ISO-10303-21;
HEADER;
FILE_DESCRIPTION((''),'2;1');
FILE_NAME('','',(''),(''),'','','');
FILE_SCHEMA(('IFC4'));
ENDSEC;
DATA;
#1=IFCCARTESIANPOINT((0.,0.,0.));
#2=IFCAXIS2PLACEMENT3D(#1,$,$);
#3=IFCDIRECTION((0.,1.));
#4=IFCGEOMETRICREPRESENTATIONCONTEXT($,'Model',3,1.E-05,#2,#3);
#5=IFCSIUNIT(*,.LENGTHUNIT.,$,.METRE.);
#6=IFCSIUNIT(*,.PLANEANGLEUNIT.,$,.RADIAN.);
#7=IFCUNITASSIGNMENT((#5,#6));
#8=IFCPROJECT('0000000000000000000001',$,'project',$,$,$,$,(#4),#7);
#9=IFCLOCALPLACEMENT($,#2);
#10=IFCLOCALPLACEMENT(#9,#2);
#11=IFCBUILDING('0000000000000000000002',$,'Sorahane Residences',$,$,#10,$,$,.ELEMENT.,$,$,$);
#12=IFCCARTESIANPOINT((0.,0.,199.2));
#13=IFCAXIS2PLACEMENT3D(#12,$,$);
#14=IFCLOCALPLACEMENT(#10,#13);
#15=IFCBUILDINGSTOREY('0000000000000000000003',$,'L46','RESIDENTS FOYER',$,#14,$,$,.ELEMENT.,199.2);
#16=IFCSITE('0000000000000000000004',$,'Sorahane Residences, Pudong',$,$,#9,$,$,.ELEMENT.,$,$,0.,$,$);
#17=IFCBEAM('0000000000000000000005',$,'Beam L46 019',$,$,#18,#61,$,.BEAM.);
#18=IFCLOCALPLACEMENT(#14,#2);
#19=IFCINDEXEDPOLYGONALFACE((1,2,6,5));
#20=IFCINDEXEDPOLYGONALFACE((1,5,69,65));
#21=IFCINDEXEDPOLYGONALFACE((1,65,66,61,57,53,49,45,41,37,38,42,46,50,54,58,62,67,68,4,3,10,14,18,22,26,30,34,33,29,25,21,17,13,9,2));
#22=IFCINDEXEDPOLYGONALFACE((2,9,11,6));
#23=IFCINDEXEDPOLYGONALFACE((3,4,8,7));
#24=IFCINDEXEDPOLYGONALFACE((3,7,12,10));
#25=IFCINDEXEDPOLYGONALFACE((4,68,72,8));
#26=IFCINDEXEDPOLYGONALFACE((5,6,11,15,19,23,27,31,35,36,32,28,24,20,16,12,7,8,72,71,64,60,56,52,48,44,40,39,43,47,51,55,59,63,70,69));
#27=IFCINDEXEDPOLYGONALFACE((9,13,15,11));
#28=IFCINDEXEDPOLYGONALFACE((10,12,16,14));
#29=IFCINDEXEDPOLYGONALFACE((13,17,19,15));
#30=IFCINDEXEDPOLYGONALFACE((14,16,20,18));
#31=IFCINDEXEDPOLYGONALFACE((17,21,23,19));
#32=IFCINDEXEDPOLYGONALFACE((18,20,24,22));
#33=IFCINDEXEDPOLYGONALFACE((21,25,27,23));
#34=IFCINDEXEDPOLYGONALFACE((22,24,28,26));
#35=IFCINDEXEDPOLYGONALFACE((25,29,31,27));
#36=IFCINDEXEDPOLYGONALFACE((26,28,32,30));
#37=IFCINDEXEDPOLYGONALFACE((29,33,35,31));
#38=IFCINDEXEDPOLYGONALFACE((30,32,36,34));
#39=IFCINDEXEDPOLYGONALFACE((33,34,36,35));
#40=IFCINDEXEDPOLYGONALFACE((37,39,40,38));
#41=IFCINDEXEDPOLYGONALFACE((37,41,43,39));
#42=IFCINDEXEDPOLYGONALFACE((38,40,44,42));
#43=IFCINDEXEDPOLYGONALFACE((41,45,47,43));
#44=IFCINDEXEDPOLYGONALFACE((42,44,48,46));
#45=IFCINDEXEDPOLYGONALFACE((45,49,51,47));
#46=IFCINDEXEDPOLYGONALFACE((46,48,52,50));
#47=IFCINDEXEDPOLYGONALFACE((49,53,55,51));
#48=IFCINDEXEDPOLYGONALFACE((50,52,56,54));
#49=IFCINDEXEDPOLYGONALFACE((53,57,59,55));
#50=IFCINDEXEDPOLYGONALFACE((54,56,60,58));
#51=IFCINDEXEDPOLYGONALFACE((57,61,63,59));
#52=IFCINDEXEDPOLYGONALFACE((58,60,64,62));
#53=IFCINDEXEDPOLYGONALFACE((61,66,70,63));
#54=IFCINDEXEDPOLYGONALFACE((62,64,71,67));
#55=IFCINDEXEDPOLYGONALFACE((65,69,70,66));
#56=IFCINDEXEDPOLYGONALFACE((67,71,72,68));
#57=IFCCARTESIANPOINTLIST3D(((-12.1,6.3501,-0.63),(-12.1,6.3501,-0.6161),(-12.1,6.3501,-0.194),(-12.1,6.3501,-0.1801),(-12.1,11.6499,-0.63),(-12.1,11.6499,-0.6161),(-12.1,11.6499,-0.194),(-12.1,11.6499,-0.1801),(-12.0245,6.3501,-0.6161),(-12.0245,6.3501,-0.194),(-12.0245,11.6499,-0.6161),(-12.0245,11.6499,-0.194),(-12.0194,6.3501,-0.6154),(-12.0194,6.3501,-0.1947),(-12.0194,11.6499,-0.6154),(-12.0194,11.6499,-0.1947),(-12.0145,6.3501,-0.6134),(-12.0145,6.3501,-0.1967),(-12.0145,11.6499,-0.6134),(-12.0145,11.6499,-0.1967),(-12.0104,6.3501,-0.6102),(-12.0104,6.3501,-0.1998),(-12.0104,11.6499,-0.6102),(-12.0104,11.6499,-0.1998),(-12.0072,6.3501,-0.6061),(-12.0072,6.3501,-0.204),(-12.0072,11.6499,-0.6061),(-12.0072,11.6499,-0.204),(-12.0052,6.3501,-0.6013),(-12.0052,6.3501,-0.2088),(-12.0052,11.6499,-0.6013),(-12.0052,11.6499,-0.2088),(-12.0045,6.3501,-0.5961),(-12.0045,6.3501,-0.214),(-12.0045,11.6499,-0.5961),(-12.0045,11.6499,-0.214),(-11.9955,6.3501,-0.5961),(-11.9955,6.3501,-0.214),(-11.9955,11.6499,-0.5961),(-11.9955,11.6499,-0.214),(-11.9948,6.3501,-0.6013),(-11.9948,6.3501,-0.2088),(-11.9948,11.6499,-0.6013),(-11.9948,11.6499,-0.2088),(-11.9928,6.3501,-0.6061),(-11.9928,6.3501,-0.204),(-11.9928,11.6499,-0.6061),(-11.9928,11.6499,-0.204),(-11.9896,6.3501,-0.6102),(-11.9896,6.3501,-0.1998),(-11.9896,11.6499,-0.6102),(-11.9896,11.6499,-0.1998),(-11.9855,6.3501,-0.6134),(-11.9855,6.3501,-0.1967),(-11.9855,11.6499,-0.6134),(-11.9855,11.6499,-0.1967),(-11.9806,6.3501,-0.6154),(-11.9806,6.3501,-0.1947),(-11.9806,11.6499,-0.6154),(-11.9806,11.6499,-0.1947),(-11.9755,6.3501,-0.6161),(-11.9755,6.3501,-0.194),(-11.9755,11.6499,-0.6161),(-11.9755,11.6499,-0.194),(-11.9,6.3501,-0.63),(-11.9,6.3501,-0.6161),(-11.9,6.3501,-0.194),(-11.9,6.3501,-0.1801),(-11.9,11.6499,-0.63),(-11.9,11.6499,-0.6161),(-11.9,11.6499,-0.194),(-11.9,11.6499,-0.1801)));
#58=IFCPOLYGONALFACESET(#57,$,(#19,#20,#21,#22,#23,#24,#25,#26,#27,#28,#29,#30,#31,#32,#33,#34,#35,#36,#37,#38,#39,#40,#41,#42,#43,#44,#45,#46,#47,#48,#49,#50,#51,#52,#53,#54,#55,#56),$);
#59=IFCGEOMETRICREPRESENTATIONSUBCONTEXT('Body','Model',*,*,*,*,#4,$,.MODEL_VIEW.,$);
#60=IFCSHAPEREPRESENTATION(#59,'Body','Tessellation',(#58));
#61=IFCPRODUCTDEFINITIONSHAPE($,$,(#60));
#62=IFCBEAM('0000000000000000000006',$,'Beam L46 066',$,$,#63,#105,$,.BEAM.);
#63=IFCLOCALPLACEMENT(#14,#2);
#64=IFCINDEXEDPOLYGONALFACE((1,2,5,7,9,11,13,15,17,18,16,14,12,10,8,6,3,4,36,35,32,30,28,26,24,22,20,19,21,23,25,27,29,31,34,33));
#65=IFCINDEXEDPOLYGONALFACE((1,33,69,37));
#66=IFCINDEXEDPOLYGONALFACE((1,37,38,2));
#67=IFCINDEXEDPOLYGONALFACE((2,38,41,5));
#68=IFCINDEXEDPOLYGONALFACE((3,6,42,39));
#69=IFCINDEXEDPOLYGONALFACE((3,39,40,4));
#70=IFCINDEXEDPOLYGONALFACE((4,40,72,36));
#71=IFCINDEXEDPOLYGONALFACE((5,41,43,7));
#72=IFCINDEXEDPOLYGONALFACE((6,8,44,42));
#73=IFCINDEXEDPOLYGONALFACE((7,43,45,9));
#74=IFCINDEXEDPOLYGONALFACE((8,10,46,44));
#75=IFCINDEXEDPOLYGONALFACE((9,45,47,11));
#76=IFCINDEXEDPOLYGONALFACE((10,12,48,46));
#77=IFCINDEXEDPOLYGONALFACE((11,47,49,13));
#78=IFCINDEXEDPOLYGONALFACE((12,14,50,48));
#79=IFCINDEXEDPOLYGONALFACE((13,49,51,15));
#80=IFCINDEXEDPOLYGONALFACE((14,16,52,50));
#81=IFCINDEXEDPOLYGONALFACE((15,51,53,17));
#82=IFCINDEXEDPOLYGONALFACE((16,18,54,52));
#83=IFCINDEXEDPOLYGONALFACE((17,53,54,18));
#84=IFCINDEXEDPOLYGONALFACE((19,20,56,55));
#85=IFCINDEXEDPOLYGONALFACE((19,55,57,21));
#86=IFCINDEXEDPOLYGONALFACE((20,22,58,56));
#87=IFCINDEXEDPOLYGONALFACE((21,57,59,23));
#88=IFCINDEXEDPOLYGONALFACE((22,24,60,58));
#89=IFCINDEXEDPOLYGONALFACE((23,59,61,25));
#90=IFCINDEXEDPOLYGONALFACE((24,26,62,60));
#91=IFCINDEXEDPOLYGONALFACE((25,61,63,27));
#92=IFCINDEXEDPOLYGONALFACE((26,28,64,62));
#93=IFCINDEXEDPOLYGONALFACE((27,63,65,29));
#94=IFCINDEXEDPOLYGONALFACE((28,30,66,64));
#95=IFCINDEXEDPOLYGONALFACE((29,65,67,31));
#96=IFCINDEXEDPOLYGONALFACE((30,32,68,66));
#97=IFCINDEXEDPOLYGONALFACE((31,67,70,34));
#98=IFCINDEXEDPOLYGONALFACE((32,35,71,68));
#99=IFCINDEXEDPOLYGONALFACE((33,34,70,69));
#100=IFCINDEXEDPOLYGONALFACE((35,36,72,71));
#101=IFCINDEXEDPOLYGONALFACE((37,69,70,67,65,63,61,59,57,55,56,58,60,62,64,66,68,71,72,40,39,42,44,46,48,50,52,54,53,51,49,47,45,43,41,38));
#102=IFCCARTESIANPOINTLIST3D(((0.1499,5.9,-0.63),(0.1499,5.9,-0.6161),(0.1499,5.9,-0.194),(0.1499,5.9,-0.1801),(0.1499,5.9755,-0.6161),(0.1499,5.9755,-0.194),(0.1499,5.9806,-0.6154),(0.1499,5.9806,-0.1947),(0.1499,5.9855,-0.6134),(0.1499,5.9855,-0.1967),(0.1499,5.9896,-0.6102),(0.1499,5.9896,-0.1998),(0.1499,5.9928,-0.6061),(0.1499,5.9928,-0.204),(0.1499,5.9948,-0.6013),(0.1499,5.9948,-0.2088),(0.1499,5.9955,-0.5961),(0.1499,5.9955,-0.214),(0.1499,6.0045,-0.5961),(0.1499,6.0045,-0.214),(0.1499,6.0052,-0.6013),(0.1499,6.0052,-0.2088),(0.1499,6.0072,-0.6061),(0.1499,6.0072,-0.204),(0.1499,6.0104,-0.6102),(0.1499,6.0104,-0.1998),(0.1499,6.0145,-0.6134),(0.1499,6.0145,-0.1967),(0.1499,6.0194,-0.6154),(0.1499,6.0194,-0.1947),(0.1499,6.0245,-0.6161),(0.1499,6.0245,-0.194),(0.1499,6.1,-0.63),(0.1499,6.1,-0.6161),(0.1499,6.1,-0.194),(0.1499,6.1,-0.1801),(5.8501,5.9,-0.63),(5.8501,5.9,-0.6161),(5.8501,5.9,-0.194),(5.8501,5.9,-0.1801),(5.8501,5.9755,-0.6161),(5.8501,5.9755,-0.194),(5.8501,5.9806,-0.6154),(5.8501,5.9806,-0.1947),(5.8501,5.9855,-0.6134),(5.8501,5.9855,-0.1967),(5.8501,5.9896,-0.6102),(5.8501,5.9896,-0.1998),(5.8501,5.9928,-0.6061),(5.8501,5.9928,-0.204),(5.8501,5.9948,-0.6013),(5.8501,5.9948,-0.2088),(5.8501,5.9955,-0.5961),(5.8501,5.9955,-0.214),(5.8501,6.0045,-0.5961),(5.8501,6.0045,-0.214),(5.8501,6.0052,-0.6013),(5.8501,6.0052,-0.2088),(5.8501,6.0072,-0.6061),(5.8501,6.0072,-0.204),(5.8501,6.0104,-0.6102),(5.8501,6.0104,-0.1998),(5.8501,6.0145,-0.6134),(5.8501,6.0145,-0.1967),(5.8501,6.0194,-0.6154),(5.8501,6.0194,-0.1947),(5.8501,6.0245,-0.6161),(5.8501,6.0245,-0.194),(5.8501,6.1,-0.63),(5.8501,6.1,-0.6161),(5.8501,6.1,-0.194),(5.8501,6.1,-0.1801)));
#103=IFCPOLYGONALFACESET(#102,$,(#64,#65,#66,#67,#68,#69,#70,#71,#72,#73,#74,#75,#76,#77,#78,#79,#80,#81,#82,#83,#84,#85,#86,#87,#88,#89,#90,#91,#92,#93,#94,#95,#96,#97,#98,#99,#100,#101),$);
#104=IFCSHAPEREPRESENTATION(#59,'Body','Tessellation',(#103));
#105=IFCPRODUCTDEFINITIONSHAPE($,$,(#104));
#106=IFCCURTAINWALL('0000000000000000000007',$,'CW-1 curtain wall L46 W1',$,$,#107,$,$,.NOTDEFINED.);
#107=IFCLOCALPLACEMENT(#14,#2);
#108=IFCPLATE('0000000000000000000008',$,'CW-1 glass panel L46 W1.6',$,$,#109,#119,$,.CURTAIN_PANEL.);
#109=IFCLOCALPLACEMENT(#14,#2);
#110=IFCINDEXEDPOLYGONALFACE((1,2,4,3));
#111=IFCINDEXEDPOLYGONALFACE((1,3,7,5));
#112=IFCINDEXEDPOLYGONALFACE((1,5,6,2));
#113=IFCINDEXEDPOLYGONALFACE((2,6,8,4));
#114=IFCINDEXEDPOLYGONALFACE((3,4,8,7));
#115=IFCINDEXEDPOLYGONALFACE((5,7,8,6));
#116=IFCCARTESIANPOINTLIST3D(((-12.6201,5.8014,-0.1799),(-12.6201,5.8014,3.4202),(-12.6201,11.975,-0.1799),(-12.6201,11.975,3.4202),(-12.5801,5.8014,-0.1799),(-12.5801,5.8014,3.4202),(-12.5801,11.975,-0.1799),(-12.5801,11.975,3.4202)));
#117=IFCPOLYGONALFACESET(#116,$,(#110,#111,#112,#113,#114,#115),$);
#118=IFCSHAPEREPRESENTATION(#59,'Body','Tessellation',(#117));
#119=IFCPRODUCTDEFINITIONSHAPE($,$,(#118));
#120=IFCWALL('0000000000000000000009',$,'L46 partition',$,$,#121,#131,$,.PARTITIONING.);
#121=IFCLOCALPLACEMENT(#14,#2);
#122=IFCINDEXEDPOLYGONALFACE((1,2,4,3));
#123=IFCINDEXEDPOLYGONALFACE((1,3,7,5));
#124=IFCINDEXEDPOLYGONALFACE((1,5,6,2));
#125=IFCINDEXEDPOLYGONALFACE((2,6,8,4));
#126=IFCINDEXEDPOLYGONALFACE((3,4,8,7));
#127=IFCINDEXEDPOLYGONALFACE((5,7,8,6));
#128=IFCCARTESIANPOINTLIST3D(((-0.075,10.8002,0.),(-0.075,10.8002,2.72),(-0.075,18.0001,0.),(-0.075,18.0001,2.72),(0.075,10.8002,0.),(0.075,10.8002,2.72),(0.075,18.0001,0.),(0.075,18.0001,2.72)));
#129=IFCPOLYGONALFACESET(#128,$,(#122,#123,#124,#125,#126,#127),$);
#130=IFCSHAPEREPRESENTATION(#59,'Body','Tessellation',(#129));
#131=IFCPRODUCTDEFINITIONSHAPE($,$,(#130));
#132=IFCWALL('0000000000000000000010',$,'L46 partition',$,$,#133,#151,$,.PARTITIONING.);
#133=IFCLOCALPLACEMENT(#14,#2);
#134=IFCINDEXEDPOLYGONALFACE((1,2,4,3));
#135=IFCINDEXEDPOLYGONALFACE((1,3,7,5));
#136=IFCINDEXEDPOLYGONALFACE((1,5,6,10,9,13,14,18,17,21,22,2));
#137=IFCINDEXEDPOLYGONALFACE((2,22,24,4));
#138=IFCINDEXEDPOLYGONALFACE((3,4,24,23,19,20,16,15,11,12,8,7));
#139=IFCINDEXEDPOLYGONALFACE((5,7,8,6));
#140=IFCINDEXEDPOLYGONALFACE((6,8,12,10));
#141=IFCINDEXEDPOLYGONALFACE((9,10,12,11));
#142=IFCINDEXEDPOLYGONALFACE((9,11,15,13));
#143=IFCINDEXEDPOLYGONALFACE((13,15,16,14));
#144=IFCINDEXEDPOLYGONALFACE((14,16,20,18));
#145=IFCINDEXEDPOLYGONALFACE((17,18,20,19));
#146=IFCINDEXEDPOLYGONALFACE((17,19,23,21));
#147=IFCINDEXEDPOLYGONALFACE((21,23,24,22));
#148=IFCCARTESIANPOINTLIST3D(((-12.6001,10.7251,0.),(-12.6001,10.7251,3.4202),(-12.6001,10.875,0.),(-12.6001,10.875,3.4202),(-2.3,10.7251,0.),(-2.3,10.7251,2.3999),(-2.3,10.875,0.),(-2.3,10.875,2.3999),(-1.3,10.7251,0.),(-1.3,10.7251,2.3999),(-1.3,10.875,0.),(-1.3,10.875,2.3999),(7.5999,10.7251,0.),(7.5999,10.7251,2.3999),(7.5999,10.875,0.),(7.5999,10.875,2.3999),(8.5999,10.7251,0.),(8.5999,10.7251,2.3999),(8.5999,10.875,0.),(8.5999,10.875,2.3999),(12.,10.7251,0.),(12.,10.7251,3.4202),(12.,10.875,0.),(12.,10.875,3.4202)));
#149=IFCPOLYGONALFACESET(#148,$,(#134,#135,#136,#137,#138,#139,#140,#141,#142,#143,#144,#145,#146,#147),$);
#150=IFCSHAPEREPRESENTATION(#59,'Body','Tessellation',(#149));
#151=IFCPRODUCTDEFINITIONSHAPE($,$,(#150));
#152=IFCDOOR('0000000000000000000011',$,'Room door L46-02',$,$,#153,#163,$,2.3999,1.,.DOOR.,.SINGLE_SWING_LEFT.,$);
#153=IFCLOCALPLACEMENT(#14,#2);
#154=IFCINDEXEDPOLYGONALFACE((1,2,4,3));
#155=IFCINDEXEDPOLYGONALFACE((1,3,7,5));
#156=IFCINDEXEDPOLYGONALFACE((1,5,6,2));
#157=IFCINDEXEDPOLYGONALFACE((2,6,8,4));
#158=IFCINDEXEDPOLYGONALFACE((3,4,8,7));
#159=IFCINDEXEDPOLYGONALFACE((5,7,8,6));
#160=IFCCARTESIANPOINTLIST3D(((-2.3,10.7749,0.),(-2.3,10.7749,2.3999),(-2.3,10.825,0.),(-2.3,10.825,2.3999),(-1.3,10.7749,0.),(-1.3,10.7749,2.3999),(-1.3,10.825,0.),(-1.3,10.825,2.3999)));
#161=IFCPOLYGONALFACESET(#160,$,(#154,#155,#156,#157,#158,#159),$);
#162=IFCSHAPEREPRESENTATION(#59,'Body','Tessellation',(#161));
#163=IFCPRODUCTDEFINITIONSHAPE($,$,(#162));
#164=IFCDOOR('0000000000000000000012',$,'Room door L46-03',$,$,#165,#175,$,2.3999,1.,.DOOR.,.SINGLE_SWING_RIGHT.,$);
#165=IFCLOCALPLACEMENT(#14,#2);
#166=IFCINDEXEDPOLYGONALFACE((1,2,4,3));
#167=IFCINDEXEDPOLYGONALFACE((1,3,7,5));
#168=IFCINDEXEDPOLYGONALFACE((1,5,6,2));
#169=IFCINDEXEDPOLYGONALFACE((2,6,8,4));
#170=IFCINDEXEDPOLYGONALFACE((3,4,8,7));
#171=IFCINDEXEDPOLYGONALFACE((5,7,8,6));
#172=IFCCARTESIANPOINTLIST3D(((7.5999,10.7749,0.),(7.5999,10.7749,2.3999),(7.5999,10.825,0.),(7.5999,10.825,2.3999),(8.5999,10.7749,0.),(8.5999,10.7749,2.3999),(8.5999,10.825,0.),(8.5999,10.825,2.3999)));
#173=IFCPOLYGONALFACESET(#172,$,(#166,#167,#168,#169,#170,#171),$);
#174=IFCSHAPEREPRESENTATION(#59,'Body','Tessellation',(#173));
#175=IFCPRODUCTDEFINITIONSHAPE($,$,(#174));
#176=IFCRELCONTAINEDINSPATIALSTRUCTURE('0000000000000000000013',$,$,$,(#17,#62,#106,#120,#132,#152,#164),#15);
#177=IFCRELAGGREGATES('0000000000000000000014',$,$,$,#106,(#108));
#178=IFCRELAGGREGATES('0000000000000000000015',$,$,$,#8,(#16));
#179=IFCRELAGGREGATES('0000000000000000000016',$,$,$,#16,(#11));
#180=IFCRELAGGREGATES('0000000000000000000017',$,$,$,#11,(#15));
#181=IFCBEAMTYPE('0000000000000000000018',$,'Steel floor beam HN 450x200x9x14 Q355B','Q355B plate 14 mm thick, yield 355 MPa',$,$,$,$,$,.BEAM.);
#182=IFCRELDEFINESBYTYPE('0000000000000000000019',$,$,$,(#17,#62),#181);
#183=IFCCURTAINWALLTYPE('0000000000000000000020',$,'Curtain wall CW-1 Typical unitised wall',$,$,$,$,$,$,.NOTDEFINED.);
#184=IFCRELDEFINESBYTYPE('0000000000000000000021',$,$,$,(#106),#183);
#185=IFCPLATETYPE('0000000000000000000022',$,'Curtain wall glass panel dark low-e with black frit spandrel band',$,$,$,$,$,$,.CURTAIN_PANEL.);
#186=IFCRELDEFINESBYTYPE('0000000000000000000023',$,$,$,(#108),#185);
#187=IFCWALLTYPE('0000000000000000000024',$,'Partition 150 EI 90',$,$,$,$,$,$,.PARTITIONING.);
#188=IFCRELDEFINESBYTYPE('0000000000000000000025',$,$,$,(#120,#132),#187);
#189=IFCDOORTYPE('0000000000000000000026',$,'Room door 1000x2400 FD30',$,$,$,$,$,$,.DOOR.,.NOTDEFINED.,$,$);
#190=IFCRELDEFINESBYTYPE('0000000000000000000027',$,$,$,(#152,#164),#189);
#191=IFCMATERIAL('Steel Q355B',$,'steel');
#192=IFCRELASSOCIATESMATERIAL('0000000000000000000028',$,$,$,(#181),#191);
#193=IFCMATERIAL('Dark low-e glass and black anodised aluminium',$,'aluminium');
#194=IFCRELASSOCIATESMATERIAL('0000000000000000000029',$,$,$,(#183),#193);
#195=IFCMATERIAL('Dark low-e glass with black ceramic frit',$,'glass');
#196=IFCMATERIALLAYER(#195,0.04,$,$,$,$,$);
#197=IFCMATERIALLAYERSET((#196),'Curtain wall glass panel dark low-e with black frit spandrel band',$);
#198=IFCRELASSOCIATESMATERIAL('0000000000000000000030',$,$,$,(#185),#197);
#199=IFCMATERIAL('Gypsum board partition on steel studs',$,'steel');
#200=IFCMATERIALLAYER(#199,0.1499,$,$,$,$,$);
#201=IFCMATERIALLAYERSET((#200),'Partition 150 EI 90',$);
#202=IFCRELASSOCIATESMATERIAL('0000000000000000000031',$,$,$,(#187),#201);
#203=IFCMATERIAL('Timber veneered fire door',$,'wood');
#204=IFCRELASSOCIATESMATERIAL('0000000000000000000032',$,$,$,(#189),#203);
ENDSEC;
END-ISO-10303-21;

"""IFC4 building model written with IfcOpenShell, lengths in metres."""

from ifc_helpers import new_model, si_unit, direction, frame, frame_2d, origin, origin_2d, place, context, subcontext, project, spatial, rectangle, i_section, extrude, material, layer, layer_set, material_profile, profile_set, type_object, element, fill, aggregate, save


model = new_model("IFC4")

# Units and contexts
model_context = context("Model", 3, precision=1e-05, world=origin(), true_north=direction((0.0, 1.0)))
body_context = subcontext(model_context, "Body", "Model", "MODEL_VIEW")
ifc_project = project(units=[si_unit("LENGTHUNIT", "METRE"), si_unit("PLANEANGLEUNIT", "RADIAN")], contexts=[model_context])

# Site, building, storey
site_placement = place(None, origin())
site = spatial("IfcSite", under=ifc_project, at=site_placement, Name="Sorahane Residences, Pudong", CompositionType="ELEMENT", RefElevation=0.0)
building_placement = place(site_placement, origin())
building = spatial("IfcBuilding", under=site, at=building_placement, Name="Sorahane Residences", CompositionType="ELEMENT")
storey_placement = place(building_placement, frame((0.0, 0.0, 199.2)))
storey = spatial("IfcBuildingStorey", under=building, at=storey_placement, Name="L46", Description="RESIDENTS FOYER", CompositionType="ELEMENT", Elevation=199.2)

# Beams
ifc_material_1 = material(Name="Steel Q355B", Category="steel")
ifc_material_profile = material_profile(ifc_material_1, i_section(OverallWidth=0.2, OverallDepth=0.45, WebThickness=0.009, FlangeThickness=0.0139, FilletRadius=0.02, at=origin_2d()), Name="HN 450x200x9x14")
ifc_profile_set = profile_set([ifc_material_profile], Name="Steel Q355B")
beam_type = type_object("IfcBeamType", Name="Steel floor beam HN 450x200x9x14 Q355B", Description="Q355B plate 14 mm thick, yield 355 MPa", PredefinedType="BEAM", material=ifc_profile_set)
beam_1_placement = place(storey_placement, frame((-12.0, 6.3501, -0.405), z_axis=(0.0, 1.0, 0.0), x_axis=(-1.0, 0.0, 0.0)))
element("IfcBeam", 1, at=beam_1_placement, inside=storey, type_object=beam_type, Name="Beam L46 019", PredefinedType="BEAM", context=body_context, shape_type="SweptSolid", body=[
    extrude(i_section(OverallWidth=0.2, OverallDepth=0.45, WebThickness=0.009, FlangeThickness=0.0139, FilletRadius=0.02, at=origin_2d()), origin(), (0.0, 0.0, 1.0), 5.2998),
])
beam_2_placement = place(storey_placement, frame((0.1499, 6.0, -0.405), z_axis=(1.0, 0.0, 0.0), x_axis=(0.0, 1.0, 0.0)))
element("IfcBeam", 2, at=beam_2_placement, inside=storey, type_object=beam_type, Name="Beam L46 066", PredefinedType="BEAM", context=body_context, shape_type="SweptSolid", body=[
    extrude(i_section(OverallWidth=0.2, OverallDepth=0.45, WebThickness=0.009, FlangeThickness=0.0139, FilletRadius=0.02, at=origin_2d()), origin(), (0.0, 0.0, 1.0), 5.7002),
])

# Curtain wall, plate
ifc_material_2 = material(Name="Dark low-e glass and black anodised aluminium", Category="aluminium")
curtain_wall_type = type_object("IfcCurtainWallType", Name="Curtain wall CW-1 Typical unitised wall", PredefinedType="NOTDEFINED", material=ifc_material_2)
curtain_wall_placement = place(storey_placement, origin())
curtain_wall = element("IfcCurtainWall", 3, at=curtain_wall_placement, inside=storey, type_object=curtain_wall_type, Name="CW-1 curtain wall L46 W1", PredefinedType="NOTDEFINED")
ifc_material_3 = material(Name="Dark low-e glass with black ceramic frit", Category="glass")
ifc_layer_1 = layer(ifc_material_3, 0.04)
ifc_layer_set_1 = layer_set([ifc_layer_1], Name="Curtain wall glass panel dark low-e with black frit spandrel band")
plate_type = type_object("IfcPlateType", Name="Curtain wall glass panel dark low-e with black frit spandrel band", PredefinedType="CURTAIN_PANEL", material=ifc_layer_set_1)
plate_placement = place(storey_placement, frame((-12.6001, 8.8882, -0.1799), z_axis=(0.0, 0.0, 1.0), x_axis=(0.0, -1.0, 0.0)))
plate = element("IfcPlate", 4, at=plate_placement, type_object=plate_type, Name="CW-1 glass panel L46 W1.6", PredefinedType="CURTAIN_PANEL", context=body_context, shape_type="SweptSolid", body=[
    extrude(rectangle(XDim=6.1736, YDim=0.04, at=origin_2d()), origin(), (0.0, 0.0, 1.0), 3.6001),
])
aggregate(curtain_wall, [plate])

# Wall
ifc_material_4 = material(Name="Gypsum board partition on steel studs", Category="steel")
ifc_layer_2 = layer(ifc_material_4, 0.1499)
ifc_layer_set_2 = layer_set([ifc_layer_2], Name="Partition 150 EI 90")
wall_type_1 = type_object("IfcWallType", Name="Partition 150 EI 90", PredefinedType="PARTITIONING", material=ifc_layer_set_2)
wall_1_placement = place(storey_placement, frame((0.0, 10.8, 0.0), z_axis=(0.0, 0.0, 1.0), x_axis=(0.0, 1.0, 0.0)))
element("IfcWall", 5, at=wall_1_placement, inside=storey, type_object=wall_type_1, Name="L46 partition", PredefinedType="PARTITIONING", context=body_context, shape_type="SweptSolid", body=[
    extrude(rectangle(XDim=7.2, YDim=0.1499, at=frame_2d((3.6001, 0.0))), origin(), (0.0, 0.0, 1.0), 2.72),
])

# Wall, openings, doors
wall_2_placement = place(storey_placement, frame((-12.6001, 10.8, 0.0), z_axis=(0.0, 0.0, 1.0), x_axis=(1.0, 0.0, 0.0)))
wall_2 = element("IfcWall", 6, at=wall_2_placement, inside=storey, type_object=wall_type_1, Name="L46 partition", PredefinedType="PARTITIONING", context=body_context, shape_type="SweptSolid", body=[
    extrude(rectangle(XDim=24.6001, YDim=0.1499, at=frame_2d((12.3, 0.0))), origin(), (0.0, 0.0, 1.0), 3.4202),
])
opening_1_placement = place(wall_2_placement, frame((10.3, 0.0, 0.0)))
opening_1 = element("IfcOpeningElement", 7, at=opening_1_placement, cuts=wall_2, PredefinedType="OPENING", context=body_context, shape_type="SweptSolid", body=[
    extrude(rectangle(XDim=1.0, YDim=2.3999, at=frame_2d((0.5, 1.2))), frame((0.0, 0.085, 0.0), z_axis=(0.0, -1.0, 0.0), x_axis=(1.0, 0.0, 0.0)), (0.0, 0.0, 1.0), 0.1699),
])
opening_2_placement = place(wall_2_placement, frame((20.2, 0.0, 0.0)))
opening_2 = element("IfcOpeningElement", 8, at=opening_2_placement, cuts=wall_2, PredefinedType="OPENING", context=body_context, shape_type="SweptSolid", body=[
    extrude(rectangle(XDim=1.0, YDim=2.3999, at=frame_2d((0.5, 1.2))), frame((0.0, 0.085, 0.0), z_axis=(0.0, -1.0, 0.0), x_axis=(1.0, 0.0, 0.0)), (0.0, 0.0, 1.0), 0.1699),
])
ifc_material_5 = material(Name="Timber veneered fire door", Category="wood")
door_type_1 = type_object("IfcDoorType", Name="Room door 1000x2400 FD30", OperationType="NOTDEFINED", PredefinedType="DOOR", material=ifc_material_5)
door_1_placement = place(opening_1_placement, origin())
door_1 = element("IfcDoor", 9, at=door_1_placement, inside=storey, type_object=door_type_1, Name="Room door L46-02", OperationType="SINGLE_SWING_LEFT", OverallHeight=2.3999, OverallWidth=1.0, PredefinedType="DOOR", context=body_context, shape_type="SweptSolid", body=[
    extrude(rectangle(XDim=1.0, YDim=2.3999, at=frame_2d((0.5, 1.2))), frame((0.0, 0.0249, 0.0), z_axis=(0.0, -1.0, 0.0), x_axis=(1.0, 0.0, 0.0)), (0.0, 0.0, 1.0), 0.05),
])
fill(opening_1, door_1)
door_2_placement = place(opening_2_placement, origin())
door_2 = element("IfcDoor", 10, at=door_2_placement, inside=storey, type_object=door_type_1, Name="Room door L46-03", OperationType="SINGLE_SWING_RIGHT", OverallHeight=2.3999, OverallWidth=1.0, PredefinedType="DOOR", context=body_context, shape_type="SweptSolid", body=[
    extrude(rectangle(XDim=1.0, YDim=2.3999, at=frame_2d((0.5, 1.2))), frame((0.0, 0.0249, 0.0), z_axis=(0.0, -1.0, 0.0), x_axis=(1.0, 0.0, 0.0)), (0.0, 0.0, 1.0), 0.05),
])
fill(opening_2, door_2)

save(model, "model.ifc")
